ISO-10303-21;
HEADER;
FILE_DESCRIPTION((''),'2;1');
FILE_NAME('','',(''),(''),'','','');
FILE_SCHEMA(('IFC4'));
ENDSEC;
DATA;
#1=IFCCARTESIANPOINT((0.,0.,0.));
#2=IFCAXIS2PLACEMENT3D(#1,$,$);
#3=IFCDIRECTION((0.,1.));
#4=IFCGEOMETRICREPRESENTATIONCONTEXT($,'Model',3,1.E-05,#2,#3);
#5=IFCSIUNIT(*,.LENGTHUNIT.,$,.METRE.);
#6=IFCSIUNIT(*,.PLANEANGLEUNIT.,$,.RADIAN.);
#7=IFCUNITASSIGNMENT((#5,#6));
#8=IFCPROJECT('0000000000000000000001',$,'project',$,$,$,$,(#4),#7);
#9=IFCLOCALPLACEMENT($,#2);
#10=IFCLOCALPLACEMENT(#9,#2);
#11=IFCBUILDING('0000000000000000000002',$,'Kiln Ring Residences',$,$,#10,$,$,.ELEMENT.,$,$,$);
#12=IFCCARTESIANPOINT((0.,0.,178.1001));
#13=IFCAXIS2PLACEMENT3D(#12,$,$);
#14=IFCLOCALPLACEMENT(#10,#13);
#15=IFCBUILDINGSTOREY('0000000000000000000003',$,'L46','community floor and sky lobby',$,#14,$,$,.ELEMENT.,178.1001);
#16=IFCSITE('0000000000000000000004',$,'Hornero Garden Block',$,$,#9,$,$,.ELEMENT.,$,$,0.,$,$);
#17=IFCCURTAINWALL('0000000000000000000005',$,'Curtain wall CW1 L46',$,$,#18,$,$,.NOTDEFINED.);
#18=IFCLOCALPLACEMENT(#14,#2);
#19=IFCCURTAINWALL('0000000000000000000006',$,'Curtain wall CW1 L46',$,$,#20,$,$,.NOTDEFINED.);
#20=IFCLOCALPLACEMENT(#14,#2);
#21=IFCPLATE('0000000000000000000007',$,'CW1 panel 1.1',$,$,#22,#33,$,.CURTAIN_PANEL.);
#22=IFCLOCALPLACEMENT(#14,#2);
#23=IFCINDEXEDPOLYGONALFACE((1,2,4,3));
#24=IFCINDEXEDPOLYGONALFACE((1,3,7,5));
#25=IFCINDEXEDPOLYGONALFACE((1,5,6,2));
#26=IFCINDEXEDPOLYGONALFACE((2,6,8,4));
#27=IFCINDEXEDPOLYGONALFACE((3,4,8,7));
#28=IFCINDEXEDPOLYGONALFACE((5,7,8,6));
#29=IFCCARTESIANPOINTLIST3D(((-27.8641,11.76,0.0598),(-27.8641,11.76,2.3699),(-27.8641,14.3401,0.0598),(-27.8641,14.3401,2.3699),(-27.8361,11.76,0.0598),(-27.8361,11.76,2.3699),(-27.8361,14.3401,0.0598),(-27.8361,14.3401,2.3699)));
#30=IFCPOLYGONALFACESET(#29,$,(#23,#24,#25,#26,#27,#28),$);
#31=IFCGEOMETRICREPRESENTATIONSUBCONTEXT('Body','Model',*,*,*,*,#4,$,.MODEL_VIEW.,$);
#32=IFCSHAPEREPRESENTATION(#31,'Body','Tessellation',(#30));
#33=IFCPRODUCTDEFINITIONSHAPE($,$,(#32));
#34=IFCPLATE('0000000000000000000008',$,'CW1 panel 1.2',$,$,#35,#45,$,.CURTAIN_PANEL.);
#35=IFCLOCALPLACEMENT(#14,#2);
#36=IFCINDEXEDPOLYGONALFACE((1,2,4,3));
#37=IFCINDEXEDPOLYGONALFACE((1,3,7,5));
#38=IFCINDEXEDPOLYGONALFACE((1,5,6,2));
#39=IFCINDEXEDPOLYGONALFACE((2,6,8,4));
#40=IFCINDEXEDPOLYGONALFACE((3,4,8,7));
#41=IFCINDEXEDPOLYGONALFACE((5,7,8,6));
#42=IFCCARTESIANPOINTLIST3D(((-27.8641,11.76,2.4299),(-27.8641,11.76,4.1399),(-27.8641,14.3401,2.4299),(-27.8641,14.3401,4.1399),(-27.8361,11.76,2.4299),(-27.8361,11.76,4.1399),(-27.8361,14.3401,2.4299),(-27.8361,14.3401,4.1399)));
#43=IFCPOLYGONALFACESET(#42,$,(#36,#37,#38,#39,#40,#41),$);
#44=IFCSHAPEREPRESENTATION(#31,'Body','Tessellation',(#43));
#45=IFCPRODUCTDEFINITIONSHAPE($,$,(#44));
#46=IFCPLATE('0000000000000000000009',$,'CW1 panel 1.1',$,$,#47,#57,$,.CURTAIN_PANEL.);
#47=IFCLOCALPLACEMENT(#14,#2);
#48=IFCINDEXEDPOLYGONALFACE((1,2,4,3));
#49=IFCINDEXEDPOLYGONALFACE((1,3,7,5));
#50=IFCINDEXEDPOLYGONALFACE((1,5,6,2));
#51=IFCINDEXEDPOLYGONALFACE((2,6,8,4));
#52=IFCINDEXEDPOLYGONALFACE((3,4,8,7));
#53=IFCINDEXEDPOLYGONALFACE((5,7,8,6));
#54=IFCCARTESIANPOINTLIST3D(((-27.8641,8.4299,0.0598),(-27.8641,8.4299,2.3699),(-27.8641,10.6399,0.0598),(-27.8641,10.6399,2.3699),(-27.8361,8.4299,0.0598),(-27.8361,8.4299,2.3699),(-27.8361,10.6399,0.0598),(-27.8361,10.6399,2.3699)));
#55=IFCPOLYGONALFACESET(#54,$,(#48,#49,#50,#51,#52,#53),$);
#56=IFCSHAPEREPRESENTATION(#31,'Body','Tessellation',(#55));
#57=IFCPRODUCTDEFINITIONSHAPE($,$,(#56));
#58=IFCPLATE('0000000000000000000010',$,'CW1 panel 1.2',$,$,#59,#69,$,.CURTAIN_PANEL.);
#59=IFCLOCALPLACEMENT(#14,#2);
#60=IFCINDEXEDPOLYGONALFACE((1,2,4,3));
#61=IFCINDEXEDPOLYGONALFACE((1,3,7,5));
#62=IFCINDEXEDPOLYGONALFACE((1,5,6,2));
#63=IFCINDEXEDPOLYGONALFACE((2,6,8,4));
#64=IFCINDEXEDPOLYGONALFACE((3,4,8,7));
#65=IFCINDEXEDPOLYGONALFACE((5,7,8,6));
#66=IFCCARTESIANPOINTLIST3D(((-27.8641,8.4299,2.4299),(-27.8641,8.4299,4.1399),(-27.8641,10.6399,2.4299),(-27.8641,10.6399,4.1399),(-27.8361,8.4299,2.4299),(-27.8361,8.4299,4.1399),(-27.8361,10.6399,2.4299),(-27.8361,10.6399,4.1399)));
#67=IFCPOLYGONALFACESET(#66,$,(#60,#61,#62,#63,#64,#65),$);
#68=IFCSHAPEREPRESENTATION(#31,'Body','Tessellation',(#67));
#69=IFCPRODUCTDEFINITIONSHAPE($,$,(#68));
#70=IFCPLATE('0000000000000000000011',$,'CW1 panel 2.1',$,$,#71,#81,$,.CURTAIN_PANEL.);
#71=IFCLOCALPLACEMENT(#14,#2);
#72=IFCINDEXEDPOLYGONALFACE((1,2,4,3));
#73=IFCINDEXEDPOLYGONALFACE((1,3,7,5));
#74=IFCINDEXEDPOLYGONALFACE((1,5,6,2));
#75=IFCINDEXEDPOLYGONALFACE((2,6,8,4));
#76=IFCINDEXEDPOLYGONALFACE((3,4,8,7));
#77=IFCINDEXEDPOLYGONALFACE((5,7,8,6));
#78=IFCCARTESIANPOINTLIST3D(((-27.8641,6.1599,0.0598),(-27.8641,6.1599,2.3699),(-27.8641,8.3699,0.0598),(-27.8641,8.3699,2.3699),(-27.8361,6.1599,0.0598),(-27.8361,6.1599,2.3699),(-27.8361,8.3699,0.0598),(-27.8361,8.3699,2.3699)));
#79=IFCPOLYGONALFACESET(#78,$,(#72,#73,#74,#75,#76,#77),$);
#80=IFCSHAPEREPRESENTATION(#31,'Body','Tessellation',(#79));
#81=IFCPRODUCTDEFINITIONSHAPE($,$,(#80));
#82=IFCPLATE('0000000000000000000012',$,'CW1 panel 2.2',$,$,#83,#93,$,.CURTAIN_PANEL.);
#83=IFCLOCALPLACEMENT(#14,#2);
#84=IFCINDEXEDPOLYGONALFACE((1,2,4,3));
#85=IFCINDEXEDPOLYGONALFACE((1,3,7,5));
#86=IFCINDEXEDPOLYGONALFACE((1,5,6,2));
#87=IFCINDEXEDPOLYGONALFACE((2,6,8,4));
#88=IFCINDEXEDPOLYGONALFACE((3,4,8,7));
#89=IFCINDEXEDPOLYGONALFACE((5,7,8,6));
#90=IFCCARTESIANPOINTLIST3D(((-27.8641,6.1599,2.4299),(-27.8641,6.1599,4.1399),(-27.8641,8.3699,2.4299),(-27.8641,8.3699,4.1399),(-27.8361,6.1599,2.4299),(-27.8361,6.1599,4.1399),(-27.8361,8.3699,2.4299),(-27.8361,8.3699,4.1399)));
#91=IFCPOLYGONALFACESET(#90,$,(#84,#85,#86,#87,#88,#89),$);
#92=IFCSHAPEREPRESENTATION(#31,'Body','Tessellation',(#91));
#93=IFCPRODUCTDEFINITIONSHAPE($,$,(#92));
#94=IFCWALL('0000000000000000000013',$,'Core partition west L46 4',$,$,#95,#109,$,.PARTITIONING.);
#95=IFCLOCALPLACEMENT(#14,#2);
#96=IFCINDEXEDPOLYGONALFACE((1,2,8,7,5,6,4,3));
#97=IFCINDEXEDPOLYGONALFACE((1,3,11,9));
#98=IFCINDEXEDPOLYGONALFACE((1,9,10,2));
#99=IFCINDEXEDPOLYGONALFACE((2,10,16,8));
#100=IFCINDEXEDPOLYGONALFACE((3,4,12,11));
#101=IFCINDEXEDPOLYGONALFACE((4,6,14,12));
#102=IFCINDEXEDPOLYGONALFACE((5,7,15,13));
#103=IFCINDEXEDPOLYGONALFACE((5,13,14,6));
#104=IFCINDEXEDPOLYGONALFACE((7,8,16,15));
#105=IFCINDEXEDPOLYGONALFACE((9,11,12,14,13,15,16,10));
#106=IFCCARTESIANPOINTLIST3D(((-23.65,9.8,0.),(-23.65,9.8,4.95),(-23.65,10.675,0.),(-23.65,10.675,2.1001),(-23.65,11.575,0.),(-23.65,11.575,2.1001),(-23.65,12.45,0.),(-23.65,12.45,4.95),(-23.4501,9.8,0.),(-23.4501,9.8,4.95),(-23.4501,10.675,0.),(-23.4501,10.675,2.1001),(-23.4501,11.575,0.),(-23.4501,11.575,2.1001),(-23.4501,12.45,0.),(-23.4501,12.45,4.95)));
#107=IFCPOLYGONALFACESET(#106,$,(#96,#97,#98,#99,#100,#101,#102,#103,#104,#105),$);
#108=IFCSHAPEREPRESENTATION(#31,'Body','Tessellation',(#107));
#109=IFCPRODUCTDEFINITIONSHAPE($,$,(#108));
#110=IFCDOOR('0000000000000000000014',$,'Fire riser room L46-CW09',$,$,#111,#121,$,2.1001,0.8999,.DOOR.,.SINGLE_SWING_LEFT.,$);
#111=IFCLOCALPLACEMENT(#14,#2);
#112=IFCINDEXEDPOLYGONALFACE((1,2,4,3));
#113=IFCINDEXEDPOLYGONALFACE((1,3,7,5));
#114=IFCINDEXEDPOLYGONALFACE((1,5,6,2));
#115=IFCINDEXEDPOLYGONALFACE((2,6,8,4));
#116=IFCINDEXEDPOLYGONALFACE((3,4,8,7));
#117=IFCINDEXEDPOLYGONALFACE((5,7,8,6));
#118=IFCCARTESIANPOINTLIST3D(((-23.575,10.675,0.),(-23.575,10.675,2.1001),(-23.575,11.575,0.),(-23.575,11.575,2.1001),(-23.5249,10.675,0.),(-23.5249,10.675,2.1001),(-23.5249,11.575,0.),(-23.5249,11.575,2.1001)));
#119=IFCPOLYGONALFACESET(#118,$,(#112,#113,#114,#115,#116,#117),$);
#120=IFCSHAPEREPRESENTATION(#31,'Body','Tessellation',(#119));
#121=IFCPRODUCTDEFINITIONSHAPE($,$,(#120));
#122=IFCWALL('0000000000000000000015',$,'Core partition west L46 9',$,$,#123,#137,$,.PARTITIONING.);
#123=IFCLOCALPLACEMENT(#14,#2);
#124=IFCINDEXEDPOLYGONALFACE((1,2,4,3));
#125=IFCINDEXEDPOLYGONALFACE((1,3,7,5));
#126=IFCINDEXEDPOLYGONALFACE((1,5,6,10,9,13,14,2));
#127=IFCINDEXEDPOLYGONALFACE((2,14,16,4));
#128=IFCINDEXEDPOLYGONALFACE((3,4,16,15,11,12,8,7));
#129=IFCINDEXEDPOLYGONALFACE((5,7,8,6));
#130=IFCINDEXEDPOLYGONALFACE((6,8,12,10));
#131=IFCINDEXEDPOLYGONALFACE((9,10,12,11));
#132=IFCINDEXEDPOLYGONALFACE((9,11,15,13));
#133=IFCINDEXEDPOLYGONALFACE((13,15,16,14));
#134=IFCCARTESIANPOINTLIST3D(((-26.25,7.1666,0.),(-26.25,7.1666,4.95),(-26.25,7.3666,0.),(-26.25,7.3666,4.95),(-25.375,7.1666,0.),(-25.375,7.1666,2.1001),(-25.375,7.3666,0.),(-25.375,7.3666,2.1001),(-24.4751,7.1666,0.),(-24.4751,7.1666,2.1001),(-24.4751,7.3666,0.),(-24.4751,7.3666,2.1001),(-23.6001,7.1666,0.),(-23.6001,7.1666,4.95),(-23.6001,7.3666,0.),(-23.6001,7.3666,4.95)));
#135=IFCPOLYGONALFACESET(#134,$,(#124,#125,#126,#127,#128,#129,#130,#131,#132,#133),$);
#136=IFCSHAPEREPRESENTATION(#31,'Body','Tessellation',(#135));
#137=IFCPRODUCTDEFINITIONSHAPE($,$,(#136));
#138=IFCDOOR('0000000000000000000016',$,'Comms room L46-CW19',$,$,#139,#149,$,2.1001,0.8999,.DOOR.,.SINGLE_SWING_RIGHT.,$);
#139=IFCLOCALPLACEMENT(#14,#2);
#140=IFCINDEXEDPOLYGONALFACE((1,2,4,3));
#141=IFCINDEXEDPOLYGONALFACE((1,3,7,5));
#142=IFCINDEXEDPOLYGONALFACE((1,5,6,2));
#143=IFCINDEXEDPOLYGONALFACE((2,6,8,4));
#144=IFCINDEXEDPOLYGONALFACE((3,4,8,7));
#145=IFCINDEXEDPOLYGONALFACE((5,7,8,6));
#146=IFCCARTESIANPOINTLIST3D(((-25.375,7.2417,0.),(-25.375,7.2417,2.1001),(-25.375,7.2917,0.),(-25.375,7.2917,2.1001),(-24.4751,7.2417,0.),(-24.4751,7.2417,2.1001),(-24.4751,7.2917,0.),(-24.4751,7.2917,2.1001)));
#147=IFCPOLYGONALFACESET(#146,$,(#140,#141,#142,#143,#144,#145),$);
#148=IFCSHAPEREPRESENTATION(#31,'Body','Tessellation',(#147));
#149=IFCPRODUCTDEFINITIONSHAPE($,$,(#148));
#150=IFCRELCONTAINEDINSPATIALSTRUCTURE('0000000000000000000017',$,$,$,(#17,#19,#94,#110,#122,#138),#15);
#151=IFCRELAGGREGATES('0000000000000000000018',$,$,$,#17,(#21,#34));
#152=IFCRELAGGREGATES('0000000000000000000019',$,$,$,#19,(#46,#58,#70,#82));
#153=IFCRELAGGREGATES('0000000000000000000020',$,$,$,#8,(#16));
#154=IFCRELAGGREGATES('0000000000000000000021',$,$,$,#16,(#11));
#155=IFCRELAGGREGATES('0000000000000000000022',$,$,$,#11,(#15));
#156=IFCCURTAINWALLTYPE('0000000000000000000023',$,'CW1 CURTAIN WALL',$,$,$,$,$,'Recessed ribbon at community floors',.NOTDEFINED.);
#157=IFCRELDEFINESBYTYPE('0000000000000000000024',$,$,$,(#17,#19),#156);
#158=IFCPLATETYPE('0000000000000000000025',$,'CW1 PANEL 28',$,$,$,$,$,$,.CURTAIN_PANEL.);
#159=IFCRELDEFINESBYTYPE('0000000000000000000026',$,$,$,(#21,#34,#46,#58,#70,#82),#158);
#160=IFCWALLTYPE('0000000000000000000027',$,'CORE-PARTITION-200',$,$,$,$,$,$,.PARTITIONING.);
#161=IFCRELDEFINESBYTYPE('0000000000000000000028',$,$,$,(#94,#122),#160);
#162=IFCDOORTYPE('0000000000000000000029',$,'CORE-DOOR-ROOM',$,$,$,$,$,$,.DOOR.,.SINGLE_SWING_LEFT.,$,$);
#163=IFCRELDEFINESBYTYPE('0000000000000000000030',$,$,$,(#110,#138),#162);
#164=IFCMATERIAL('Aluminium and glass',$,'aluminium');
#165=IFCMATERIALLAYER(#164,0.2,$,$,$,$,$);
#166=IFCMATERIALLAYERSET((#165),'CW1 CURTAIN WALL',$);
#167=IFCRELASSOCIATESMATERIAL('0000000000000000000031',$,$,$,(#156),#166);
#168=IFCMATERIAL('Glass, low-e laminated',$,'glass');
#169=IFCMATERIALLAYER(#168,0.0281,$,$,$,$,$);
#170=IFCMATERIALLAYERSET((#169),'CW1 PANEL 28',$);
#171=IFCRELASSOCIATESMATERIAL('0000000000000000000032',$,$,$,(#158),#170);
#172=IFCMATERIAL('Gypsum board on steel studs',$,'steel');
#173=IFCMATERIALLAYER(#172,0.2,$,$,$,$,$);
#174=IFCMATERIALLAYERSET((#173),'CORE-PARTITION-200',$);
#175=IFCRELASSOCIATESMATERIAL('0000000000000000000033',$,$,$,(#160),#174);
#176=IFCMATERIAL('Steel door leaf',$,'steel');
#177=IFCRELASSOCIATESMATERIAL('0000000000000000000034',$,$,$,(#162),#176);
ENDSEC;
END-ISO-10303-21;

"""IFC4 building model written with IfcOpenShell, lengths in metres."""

from ifc_helpers import new_model, si_unit, direction, frame, frame_2d, origin, origin_2d, place, context, subcontext, project, spatial, rectangle, extrude, material, layer, layer_set, type_object, element, fill, aggregate, save


model = new_model("IFC4")

# Units and contexts
model_context = context("Model", 3, precision=1e-05, world=origin(), true_north=direction((0.0, 1.0)))
body_context = subcontext(model_context, "Body", "Model", "MODEL_VIEW")
ifc_project = project(units=[si_unit("LENGTHUNIT", "METRE"), si_unit("PLANEANGLEUNIT", "RADIAN")], contexts=[model_context])

# Site, building, storey
site_placement = place(None, origin())
site = spatial("IfcSite", under=ifc_project, at=site_placement, Name="Hornero Garden Block", CompositionType="ELEMENT", RefElevation=0.0)
building_placement = place(site_placement, origin())
building = spatial("IfcBuilding", under=site, at=building_placement, Name="Kiln Ring Residences", CompositionType="ELEMENT")
storey_placement = place(building_placement, frame((0.0, 0.0, 178.1001)))
storey = spatial("IfcBuildingStorey", under=building, at=storey_placement, Name="L46", Description="community floor and sky lobby", CompositionType="ELEMENT", Elevation=178.1001)

# Curtain wall
ifc_material_1 = material(Name="Aluminium and glass", Category="aluminium")
ifc_layer_1 = layer(ifc_material_1, 0.2)
ifc_layer_set_1 = layer_set([ifc_layer_1], Name="CW1 CURTAIN WALL")
curtain_wall_type = type_object("IfcCurtainWallType", Name="CW1 CURTAIN WALL", ElementType="Recessed ribbon at community floors", PredefinedType="NOTDEFINED", material=ifc_layer_set_1)
placement = place(storey_placement, origin())
curtain_wall_1 = element("IfcCurtainWall", 1, at=placement, inside=storey, type_object=curtain_wall_type, Name="Curtain wall CW1 L46", PredefinedType="NOTDEFINED")

# Curtain wall
curtain_wall_2 = element("IfcCurtainWall", 2, at=placement, inside=storey, type_object=curtain_wall_type, Name="Curtain wall CW1 L46", PredefinedType="NOTDEFINED")

# Plates
ifc_material_2 = material(Name="Glass, low-e laminated", Category="glass")
ifc_layer_2 = layer(ifc_material_2, 0.0281)
ifc_layer_set_2 = layer_set([ifc_layer_2], Name="CW1 PANEL 28")
plate_type = type_object("IfcPlateType", Name="CW1 PANEL 28", PredefinedType="CURTAIN_PANEL", material=ifc_layer_set_2)
plate_1_placement = place(storey_placement, frame((-27.8501, 13.05, 0.0598), z_axis=(0.0, 0.0, 1.0), x_axis=(0.0, -1.0, 0.0)))
plate_1 = element("IfcPlate", 3, at=plate_1_placement, type_object=plate_type, Name="CW1 panel 1.1", PredefinedType="CURTAIN_PANEL", context=body_context, shape_type="SweptSolid", body=[
    extrude(rectangle(XDim=2.5801, YDim=0.0281, at=origin_2d()), origin(), (0.0, 0.0, 1.0), 2.3101),
])
plate_2_placement = place(storey_placement, frame((-27.8501, 13.05, 2.4299), z_axis=(0.0, 0.0, 1.0), x_axis=(0.0, -1.0, 0.0)))
plate_2 = element("IfcPlate", 4, at=plate_2_placement, type_object=plate_type, Name="CW1 panel 1.2", PredefinedType="CURTAIN_PANEL", context=body_context, shape_type="SweptSolid", body=[
    extrude(rectangle(XDim=2.5801, YDim=0.0281, at=origin_2d()), origin(), (0.0, 0.0, 1.0), 1.71),
])
aggregate(curtain_wall_1, [plate_1, plate_2])
plate_3_placement = place(storey_placement, frame((-27.8501, 9.5349, 0.0598), z_axis=(0.0, 0.0, 1.0), x_axis=(0.0, -1.0, 0.0)))
plate_3 = element("IfcPlate", 5, at=plate_3_placement, type_object=plate_type, Name="CW1 panel 1.1", PredefinedType="CURTAIN_PANEL", context=body_context, shape_type="SweptSolid", body=[
    extrude(rectangle(XDim=2.21, YDim=0.0281, at=origin_2d()), origin(), (0.0, 0.0, 1.0), 2.3101),
])
plate_4_placement = place(storey_placement, frame((-27.8501, 9.5349, 2.4299), z_axis=(0.0, 0.0, 1.0), x_axis=(0.0, -1.0, 0.0)))
plate_4 = element("IfcPlate", 6, at=plate_4_placement, type_object=plate_type, Name="CW1 panel 1.2", PredefinedType="CURTAIN_PANEL", context=body_context, shape_type="SweptSolid", body=[
    extrude(rectangle(XDim=2.21, YDim=0.0281, at=origin_2d()), origin(), (0.0, 0.0, 1.0), 1.71),
])
plate_5_placement = place(storey_placement, frame((-27.8501, 7.2649, 0.0598), z_axis=(0.0, 0.0, 1.0), x_axis=(0.0, -1.0, 0.0)))
plate_5 = element("IfcPlate", 7, at=plate_5_placement, type_object=plate_type, Name="CW1 panel 2.1", PredefinedType="CURTAIN_PANEL", context=body_context, shape_type="SweptSolid", body=[
    extrude(rectangle(XDim=2.21, YDim=0.0281, at=origin_2d()), origin(), (0.0, 0.0, 1.0), 2.3101),
])
plate_6_placement = place(storey_placement, frame((-27.8501, 7.2649, 2.4299), z_axis=(0.0, 0.0, 1.0), x_axis=(0.0, -1.0, 0.0)))
plate_6 = element("IfcPlate", 8, at=plate_6_placement, type_object=plate_type, Name="CW1 panel 2.2", PredefinedType="CURTAIN_PANEL", context=body_context, shape_type="SweptSolid", body=[
    extrude(rectangle(XDim=2.21, YDim=0.0281, at=origin_2d()), origin(), (0.0, 0.0, 1.0), 1.71),
])
aggregate(curtain_wall_2, [plate_3, plate_4, plate_5, plate_6])

# Walls, openings, doors
ifc_material_3 = material(Name="Gypsum board on steel studs", Category="steel")
ifc_layer_3 = layer(ifc_material_3, 0.2)
ifc_layer_set_3 = layer_set([ifc_layer_3], Name="CORE-PARTITION-200")
wall_type = type_object("IfcWallType", Name="CORE-PARTITION-200", PredefinedType="PARTITIONING", material=ifc_layer_set_3)
wall_1_placement = place(storey_placement, frame((-23.55, 9.8, 0.0), z_axis=(0.0, 0.0, 1.0), x_axis=(0.0, 1.0, 0.0)))
wall_1 = element("IfcWall", 9, at=wall_1_placement, inside=storey, type_object=wall_type, Name="Core partition west L46 4", PredefinedType="PARTITIONING", context=body_context, shape_type="SweptSolid", body=[
    extrude(rectangle(XDim=2.6499, YDim=0.2, at=frame_2d((1.325, 0.0))), origin(), (0.0, 0.0, 1.0), 4.95),
])
opening_1_placement = place(wall_1_placement, frame((0.875, 0.0, 0.0)))
opening_1 = element("IfcOpeningElement", 10, at=opening_1_placement, cuts=wall_1, PredefinedType="OPENING", context=body_context, shape_type="SweptSolid", body=[
    extrude(rectangle(XDim=0.8999, YDim=2.1001, at=frame_2d((0.45, 1.05))), frame((0.0, 0.1099, 0.0), z_axis=(0.0, -1.0, 0.0), x_axis=(1.0, 0.0, 0.0)), (0.0, 0.0, 1.0), 0.22),
])
ifc_material_4 = material(Name="Steel door leaf", Category="steel")
door_type = type_object("IfcDoorType", Name="CORE-DOOR-ROOM", OperationType="SINGLE_SWING_LEFT", PredefinedType="DOOR", material=ifc_material_4)
door_1_placement = place(opening_1_placement, origin())
door_1 = element("IfcDoor", 11, at=door_1_placement, inside=storey, type_object=door_type, Name="Fire riser room L46-CW09", OperationType="SINGLE_SWING_LEFT", OverallHeight=2.1001, OverallWidth=0.8999, PredefinedType="DOOR", context=body_context, shape_type="SweptSolid", body=[
    extrude(rectangle(XDim=0.8999, YDim=2.1001, at=frame_2d((0.45, 1.05))), frame((0.0, 0.0249, 0.0), z_axis=(0.0, -1.0, 0.0), x_axis=(1.0, 0.0, 0.0)), (0.0, 0.0, 1.0), 0.05),
])
fill(opening_1, door_1)
wall_2_placement = place(storey_placement, frame((-23.6001, 7.2666, 0.0), z_axis=(0.0, 0.0, 1.0), x_axis=(-1.0, 0.0, 0.0)))
wall_2 = element("IfcWall", 12, at=wall_2_placement, inside=storey, type_object=wall_type, Name="Core partition west L46 9", PredefinedType="PARTITIONING", context=body_context, shape_type="SweptSolid", body=[
    extrude(rectangle(XDim=2.6499, YDim=0.2, at=frame_2d((1.325, 0.0))), origin(), (0.0, 0.0, 1.0), 4.95),
])
opening_2_placement = place(wall_2_placement, frame((0.875, 0.0, 0.0)))
opening_2 = element("IfcOpeningElement", 13, at=opening_2_placement, cuts=wall_2, PredefinedType="OPENING", context=body_context, shape_type="SweptSolid", body=[
    extrude(rectangle(XDim=0.8999, YDim=2.1001, at=frame_2d((0.45, 1.05))), frame((0.0, 0.1099, 0.0), z_axis=(0.0, -1.0, 0.0), x_axis=(1.0, 0.0, 0.0)), (0.0, 0.0, 1.0), 0.22),
])
door_2_placement = place(opening_2_placement, origin())
door_2 = element("IfcDoor", 14, at=door_2_placement, inside=storey, type_object=door_type, Name="Comms room L46-CW19", OperationType="SINGLE_SWING_RIGHT", OverallHeight=2.1001, OverallWidth=0.8999, PredefinedType="DOOR", context=body_context, shape_type="SweptSolid", body=[
    extrude(rectangle(XDim=0.8999, YDim=2.1001, at=frame_2d((0.45, 1.05))), frame((0.0, 0.0249, 0.0), z_axis=(0.0, -1.0, 0.0), x_axis=(1.0, 0.0, 0.0)), (0.0, 0.0, 1.0), 0.05),
])
fill(opening_2, door_2)

save(model, "model.ifc")
